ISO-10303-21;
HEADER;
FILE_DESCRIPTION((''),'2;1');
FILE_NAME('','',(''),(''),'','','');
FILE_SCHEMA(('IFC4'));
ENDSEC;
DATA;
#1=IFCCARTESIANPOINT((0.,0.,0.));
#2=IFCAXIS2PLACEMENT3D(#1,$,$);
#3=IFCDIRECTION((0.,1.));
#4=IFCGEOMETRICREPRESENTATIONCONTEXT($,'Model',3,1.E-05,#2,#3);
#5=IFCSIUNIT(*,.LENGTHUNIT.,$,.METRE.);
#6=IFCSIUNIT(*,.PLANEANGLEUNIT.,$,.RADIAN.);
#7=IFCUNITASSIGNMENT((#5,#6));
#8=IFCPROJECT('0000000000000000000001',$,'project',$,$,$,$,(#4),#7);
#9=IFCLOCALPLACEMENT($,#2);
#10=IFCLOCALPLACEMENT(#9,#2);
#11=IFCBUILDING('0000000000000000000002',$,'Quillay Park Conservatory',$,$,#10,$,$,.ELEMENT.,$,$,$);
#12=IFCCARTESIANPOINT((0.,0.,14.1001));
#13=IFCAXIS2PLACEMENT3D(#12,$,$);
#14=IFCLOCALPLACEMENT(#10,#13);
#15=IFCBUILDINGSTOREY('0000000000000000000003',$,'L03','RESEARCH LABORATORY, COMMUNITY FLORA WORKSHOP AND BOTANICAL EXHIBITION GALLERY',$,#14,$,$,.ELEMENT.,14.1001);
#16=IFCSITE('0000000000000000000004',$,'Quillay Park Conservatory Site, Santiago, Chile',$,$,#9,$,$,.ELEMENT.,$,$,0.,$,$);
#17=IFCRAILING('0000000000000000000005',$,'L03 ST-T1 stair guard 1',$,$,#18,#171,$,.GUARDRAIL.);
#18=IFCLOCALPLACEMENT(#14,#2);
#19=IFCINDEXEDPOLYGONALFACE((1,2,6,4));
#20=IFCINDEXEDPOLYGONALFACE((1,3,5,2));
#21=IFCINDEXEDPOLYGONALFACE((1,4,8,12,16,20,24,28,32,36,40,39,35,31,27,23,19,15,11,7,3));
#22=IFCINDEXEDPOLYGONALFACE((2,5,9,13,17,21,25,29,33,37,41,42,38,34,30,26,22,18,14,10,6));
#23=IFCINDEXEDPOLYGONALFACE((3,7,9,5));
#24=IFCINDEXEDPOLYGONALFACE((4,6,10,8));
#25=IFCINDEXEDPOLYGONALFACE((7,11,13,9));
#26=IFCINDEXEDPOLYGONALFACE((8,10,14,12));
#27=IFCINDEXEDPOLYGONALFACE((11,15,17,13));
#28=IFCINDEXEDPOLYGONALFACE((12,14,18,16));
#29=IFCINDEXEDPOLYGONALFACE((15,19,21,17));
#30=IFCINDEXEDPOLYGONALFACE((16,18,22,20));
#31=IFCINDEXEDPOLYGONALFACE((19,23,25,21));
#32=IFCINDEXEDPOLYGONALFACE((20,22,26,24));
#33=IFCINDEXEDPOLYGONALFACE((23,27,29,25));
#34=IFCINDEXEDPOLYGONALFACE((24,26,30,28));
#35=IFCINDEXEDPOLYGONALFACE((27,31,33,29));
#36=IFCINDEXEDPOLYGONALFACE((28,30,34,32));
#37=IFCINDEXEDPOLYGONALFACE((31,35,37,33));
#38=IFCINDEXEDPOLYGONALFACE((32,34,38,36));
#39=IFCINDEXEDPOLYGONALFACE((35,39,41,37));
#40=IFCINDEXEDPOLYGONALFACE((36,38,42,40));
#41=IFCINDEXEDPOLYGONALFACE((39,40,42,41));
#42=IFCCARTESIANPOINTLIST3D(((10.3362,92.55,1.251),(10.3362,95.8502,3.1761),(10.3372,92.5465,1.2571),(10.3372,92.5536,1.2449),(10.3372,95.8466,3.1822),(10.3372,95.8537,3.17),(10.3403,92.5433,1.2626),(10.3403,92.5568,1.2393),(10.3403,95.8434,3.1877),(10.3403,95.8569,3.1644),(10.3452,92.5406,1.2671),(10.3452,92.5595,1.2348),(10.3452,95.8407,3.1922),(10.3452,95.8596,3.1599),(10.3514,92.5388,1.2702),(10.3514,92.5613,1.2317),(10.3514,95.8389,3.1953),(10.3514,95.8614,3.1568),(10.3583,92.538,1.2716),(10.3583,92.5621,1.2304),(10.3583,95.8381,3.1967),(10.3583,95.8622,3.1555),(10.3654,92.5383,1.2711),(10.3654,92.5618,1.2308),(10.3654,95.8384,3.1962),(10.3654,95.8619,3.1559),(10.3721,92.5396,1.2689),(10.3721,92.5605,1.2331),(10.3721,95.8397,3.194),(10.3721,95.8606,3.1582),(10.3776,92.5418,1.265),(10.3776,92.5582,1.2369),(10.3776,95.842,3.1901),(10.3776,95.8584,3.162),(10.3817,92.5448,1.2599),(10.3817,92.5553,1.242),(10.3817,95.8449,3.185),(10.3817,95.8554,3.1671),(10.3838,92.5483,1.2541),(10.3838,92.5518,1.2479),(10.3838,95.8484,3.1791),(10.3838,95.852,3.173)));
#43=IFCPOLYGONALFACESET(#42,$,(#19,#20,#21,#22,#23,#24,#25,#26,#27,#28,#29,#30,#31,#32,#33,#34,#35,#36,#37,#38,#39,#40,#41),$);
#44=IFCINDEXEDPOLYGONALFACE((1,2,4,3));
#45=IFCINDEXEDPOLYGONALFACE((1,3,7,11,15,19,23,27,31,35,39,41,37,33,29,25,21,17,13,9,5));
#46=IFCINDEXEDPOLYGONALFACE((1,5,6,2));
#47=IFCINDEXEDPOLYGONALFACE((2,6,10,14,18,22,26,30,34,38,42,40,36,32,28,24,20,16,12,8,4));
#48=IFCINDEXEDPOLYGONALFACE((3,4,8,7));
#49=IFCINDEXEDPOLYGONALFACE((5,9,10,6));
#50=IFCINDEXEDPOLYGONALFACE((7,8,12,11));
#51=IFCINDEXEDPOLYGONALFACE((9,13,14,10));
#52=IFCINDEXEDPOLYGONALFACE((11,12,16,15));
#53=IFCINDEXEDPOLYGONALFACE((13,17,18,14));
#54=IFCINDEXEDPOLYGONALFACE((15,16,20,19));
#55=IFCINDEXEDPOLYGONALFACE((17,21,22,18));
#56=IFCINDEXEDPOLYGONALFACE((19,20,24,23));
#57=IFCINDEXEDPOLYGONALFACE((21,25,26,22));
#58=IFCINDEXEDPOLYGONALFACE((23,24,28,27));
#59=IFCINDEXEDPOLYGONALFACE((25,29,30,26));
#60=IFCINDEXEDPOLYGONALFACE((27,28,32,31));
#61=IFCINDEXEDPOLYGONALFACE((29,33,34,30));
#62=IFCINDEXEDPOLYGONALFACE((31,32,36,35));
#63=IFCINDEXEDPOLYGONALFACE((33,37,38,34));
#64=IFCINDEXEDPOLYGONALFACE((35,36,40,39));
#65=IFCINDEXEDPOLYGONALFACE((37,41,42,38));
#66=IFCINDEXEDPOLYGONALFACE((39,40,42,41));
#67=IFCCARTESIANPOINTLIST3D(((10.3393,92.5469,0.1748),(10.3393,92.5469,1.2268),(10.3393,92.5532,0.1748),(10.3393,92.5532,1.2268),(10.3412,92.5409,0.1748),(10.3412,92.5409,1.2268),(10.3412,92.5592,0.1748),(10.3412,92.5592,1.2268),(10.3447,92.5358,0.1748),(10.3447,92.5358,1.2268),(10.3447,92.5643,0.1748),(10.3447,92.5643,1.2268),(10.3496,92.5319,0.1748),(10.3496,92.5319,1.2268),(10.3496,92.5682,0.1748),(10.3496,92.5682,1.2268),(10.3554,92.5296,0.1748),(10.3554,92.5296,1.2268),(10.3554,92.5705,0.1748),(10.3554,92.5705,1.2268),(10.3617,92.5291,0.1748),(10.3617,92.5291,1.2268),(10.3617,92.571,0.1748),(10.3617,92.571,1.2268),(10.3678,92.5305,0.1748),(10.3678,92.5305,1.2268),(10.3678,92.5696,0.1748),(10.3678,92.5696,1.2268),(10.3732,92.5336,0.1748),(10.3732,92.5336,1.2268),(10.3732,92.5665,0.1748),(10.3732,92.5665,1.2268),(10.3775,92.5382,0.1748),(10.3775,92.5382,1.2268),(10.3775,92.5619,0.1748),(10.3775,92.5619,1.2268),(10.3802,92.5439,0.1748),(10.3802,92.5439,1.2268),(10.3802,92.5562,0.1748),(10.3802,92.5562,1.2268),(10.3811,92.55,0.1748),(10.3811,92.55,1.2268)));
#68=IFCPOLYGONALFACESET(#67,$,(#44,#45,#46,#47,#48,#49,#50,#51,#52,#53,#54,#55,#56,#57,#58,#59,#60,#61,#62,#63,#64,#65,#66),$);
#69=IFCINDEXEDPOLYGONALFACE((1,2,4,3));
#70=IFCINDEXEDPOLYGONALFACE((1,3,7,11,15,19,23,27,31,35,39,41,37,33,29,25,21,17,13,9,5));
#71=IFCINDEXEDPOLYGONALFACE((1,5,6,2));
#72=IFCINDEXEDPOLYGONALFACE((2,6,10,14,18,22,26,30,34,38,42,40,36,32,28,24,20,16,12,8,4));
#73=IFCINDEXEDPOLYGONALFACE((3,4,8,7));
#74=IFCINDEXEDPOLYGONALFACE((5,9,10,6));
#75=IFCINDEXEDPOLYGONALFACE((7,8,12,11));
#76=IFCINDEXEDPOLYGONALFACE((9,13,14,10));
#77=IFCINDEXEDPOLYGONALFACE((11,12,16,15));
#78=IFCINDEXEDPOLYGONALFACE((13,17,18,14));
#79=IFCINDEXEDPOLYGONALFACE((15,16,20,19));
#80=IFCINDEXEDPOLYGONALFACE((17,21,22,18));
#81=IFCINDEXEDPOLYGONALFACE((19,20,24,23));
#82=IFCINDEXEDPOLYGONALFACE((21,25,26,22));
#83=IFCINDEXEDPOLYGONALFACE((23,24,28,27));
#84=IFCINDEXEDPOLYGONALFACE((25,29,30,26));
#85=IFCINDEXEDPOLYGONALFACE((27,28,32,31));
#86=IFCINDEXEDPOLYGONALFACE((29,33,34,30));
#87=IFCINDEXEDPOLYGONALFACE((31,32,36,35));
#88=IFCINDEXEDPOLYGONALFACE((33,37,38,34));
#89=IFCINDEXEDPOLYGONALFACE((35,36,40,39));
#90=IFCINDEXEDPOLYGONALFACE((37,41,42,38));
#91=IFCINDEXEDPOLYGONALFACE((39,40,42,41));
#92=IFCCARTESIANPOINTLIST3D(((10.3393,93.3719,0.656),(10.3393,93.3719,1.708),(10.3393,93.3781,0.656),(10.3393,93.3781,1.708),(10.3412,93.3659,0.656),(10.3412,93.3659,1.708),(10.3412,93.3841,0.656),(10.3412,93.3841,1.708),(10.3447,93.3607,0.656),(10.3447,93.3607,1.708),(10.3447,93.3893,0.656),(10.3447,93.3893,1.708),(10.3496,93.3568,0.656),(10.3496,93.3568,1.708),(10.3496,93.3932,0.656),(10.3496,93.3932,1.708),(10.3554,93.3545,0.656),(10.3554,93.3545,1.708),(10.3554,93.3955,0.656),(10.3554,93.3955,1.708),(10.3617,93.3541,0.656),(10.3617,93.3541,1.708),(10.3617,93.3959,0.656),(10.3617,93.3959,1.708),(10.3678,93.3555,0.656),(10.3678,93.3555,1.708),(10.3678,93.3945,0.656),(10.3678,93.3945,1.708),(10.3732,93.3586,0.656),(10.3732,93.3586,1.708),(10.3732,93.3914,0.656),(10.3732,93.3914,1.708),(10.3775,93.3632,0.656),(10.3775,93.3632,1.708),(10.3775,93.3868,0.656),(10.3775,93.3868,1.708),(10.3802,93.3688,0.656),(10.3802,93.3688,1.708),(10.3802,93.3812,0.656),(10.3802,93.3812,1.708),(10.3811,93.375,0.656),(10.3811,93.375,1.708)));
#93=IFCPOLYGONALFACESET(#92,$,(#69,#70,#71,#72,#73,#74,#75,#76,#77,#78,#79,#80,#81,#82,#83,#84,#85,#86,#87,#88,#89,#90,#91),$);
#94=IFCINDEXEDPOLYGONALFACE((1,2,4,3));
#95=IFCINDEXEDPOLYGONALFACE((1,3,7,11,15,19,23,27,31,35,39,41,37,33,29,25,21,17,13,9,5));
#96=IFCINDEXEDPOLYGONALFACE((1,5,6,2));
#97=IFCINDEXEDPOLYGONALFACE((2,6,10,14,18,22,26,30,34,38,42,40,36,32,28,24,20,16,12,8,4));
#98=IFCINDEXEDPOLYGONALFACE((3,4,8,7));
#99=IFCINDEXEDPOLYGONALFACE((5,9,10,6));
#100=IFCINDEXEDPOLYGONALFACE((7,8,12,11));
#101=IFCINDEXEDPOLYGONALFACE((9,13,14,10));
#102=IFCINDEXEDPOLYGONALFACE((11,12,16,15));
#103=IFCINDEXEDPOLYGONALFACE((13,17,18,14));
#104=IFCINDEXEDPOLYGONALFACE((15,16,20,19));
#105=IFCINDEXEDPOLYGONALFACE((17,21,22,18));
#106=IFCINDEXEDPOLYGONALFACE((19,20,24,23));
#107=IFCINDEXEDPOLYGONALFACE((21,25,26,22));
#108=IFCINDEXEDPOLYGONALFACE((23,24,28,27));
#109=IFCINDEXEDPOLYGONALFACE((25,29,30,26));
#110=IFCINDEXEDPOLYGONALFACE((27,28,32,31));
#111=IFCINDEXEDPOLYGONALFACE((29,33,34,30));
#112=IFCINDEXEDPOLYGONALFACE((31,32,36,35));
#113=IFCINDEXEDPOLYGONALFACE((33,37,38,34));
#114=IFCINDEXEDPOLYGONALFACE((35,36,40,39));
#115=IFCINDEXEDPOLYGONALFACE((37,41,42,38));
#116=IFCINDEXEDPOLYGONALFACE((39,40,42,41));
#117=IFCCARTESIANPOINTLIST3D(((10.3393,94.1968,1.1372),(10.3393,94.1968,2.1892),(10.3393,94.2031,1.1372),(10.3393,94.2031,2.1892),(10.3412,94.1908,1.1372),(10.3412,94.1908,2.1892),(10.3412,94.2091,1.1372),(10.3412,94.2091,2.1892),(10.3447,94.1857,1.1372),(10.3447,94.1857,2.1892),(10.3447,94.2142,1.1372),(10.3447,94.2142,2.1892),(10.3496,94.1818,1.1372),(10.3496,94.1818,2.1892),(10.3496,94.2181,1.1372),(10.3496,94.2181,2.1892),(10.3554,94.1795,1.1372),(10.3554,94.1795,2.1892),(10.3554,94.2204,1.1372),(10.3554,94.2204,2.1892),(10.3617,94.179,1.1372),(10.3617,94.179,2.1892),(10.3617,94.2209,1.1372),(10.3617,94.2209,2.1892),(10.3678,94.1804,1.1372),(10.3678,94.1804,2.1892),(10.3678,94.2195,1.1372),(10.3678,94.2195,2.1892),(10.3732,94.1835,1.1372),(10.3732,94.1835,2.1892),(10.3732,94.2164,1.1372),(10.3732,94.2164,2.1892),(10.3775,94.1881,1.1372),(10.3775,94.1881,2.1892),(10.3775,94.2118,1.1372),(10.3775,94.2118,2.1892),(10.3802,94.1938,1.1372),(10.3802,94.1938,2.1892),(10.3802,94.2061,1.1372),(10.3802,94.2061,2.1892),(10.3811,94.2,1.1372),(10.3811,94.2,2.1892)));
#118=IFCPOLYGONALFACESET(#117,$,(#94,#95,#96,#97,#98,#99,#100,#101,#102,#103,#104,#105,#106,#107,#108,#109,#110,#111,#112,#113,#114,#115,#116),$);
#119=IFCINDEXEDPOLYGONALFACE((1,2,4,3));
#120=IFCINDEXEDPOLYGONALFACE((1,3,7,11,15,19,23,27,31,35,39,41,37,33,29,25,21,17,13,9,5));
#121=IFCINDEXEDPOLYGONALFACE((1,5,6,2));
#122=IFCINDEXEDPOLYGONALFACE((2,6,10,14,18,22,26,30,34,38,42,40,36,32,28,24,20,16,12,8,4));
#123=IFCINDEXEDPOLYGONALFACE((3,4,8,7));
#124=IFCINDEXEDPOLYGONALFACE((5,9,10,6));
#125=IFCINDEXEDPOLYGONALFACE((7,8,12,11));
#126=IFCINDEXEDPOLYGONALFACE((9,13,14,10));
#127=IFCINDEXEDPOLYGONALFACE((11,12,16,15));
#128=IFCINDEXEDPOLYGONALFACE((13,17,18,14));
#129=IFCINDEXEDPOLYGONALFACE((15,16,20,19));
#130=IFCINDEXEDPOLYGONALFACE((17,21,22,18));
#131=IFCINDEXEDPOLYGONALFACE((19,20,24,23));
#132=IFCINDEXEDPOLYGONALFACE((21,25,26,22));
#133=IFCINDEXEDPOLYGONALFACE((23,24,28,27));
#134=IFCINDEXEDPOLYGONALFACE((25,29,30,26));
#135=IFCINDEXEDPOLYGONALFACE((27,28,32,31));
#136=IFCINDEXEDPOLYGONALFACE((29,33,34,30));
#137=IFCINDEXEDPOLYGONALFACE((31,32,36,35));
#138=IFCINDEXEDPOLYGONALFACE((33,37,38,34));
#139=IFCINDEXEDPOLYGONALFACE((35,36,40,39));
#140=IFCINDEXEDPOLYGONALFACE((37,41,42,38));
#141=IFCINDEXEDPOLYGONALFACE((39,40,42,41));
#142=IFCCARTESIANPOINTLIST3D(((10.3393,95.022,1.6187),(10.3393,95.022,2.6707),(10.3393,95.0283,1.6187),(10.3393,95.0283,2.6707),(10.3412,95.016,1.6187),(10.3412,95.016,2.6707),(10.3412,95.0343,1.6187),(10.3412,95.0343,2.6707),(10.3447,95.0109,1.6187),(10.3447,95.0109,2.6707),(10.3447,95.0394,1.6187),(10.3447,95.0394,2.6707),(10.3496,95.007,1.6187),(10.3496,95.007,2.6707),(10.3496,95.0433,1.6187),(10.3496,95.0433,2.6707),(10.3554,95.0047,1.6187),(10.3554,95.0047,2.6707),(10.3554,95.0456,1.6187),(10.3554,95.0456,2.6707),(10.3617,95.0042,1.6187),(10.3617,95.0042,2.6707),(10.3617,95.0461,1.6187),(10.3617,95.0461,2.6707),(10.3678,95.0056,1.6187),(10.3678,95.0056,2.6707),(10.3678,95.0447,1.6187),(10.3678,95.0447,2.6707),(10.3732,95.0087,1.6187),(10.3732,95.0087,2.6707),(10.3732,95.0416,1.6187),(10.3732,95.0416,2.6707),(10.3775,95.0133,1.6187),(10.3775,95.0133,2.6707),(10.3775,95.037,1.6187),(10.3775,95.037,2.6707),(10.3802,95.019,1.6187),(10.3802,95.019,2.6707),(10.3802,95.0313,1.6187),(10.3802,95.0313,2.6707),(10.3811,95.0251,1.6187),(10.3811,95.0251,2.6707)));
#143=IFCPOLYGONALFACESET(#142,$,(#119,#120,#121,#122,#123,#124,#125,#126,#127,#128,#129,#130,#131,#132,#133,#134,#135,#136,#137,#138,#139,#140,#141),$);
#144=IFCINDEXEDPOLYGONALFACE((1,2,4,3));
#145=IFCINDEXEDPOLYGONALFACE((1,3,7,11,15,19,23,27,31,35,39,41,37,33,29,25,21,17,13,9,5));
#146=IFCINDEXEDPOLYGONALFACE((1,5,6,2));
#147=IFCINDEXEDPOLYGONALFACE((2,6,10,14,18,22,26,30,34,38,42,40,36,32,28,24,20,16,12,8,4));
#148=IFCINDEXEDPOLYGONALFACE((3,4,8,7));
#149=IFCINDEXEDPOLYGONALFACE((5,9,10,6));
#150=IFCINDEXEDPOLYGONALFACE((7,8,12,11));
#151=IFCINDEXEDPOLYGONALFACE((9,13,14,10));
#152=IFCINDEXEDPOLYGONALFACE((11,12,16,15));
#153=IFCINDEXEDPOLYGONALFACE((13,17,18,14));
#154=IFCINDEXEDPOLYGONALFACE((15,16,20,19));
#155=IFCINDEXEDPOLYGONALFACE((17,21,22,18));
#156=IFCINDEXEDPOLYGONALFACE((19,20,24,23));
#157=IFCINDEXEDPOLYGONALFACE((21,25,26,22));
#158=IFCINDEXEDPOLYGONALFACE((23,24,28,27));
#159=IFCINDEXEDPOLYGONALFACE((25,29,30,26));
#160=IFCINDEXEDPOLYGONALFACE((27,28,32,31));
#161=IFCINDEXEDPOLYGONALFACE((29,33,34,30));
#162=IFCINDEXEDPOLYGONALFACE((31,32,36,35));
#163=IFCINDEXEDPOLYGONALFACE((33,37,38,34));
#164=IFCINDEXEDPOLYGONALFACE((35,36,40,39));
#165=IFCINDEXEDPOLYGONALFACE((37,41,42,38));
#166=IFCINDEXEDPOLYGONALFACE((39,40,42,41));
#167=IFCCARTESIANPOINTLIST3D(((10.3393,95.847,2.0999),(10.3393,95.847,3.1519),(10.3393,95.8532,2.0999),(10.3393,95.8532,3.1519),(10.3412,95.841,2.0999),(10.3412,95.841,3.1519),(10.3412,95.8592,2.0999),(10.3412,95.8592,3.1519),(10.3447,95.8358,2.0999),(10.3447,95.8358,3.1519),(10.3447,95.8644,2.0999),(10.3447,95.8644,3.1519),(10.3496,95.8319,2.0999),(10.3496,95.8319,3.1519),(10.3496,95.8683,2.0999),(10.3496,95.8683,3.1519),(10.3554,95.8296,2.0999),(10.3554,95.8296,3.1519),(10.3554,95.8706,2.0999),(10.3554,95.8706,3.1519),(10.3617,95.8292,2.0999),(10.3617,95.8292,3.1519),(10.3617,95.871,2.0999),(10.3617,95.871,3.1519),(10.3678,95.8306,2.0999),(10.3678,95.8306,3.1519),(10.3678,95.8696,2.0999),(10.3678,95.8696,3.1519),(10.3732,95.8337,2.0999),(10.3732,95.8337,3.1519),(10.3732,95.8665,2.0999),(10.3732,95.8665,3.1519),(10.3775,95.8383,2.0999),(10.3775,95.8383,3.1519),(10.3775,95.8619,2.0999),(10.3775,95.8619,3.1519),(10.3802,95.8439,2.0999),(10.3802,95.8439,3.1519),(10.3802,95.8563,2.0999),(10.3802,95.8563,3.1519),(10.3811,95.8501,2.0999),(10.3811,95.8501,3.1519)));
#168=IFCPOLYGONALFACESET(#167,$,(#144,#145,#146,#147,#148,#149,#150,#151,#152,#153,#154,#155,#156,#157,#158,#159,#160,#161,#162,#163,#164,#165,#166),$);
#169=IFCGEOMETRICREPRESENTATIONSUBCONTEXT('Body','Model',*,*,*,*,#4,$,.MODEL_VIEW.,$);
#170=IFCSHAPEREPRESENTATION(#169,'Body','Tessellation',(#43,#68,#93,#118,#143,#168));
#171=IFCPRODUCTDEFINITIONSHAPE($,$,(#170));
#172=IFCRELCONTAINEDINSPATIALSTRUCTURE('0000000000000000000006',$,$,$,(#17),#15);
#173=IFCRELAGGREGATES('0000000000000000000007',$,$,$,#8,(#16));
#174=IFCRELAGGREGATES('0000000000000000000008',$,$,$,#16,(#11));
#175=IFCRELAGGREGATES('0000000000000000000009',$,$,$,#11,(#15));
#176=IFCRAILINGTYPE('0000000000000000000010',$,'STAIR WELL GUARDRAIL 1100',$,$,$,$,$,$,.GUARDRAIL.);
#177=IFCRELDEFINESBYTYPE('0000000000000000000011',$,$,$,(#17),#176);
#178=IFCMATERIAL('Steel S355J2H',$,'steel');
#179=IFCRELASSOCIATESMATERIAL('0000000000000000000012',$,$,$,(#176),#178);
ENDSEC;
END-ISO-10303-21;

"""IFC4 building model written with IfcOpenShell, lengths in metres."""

from ifc_helpers import new_model, si_unit, direction, frame, origin, origin_2d, place, context, subcontext, project, spatial, circle, extrude, material, type_object, element, save


model = new_model("IFC4")

# Units and contexts
model_context = context("Model", 3, precision=1e-05, world=origin(), true_north=direction((0.0, 1.0)))
body_context = subcontext(model_context, "Body", "Model", "MODEL_VIEW")
ifc_project = project(units=[si_unit("LENGTHUNIT", "METRE"), si_unit("PLANEANGLEUNIT", "RADIAN")], contexts=[model_context])

# Site, building, storey
site_placement = place(None, origin())
site = spatial("IfcSite", under=ifc_project, at=site_placement, Name="Quillay Park Conservatory Site, Santiago, Chile", CompositionType="ELEMENT", RefElevation=0.0)
building_placement = place(site_placement, origin())
building = spatial("IfcBuilding", under=site, at=building_placement, Name="Quillay Park Conservatory", CompositionType="ELEMENT")
storey_placement = place(building_placement, frame((0.0, 0.0, 14.1001)))
storey = spatial("IfcBuildingStorey", under=building, at=storey_placement, Name="L03", Description="RESEARCH LABORATORY, COMMUNITY FLORA WORKSHOP AND BOTANICAL EXHIBITION GALLERY", CompositionType="ELEMENT", Elevation=14.1001)

# Railing
ifc_material_1 = material(Name="Steel S355J2H", Category="steel")
railing_type_1 = type_object("IfcRailingType", Name="STAIR WELL GUARDRAIL 1100", PredefinedType="GUARDRAIL", material=ifc_material_1)
railing_1_placement = place(storey_placement, frame((10.3601, 92.55, 0.1748)))
element("IfcRailing", 1, at=railing_1_placement, inside=storey, type_object=railing_type_1, Name="L03 ST-T1 stair guard 1", PredefinedType="GUARDRAIL", context=body_context, shape_type="SweptSolid", body=[
    extrude(circle(Radius=0.0239, at=origin_2d()), frame((0.0, 0.0, 1.0762), z_axis=(0.0, 0.863777, 0.503875), x_axis=(-1.0, 0.0, 0.0)), (0.0, 0.0, 1.0), 3.8206),
    extrude(circle(Radius=0.021, at=origin_2d()), origin(), (0.0, 0.0, 1.0), 1.052),
    extrude(circle(Radius=0.021, at=origin_2d()), frame((0.0, 0.825, 0.4812)), (0.0, 0.0, 1.0), 1.052),
    extrude(circle(Radius=0.021, at=origin_2d()), frame((0.0, 1.6499, 0.9624)), (0.0, 0.0, 1.0), 1.052),
    extrude(circle(Radius=0.021, at=origin_2d()), frame((0.0, 2.4751, 1.4438)), (0.0, 0.0, 1.0), 1.052),
    extrude(circle(Radius=0.021, at=origin_2d()), frame((0.0, 3.3, 1.925)), (0.0, 0.0, 1.0), 1.052),
])

save(model, "model.ifc")
